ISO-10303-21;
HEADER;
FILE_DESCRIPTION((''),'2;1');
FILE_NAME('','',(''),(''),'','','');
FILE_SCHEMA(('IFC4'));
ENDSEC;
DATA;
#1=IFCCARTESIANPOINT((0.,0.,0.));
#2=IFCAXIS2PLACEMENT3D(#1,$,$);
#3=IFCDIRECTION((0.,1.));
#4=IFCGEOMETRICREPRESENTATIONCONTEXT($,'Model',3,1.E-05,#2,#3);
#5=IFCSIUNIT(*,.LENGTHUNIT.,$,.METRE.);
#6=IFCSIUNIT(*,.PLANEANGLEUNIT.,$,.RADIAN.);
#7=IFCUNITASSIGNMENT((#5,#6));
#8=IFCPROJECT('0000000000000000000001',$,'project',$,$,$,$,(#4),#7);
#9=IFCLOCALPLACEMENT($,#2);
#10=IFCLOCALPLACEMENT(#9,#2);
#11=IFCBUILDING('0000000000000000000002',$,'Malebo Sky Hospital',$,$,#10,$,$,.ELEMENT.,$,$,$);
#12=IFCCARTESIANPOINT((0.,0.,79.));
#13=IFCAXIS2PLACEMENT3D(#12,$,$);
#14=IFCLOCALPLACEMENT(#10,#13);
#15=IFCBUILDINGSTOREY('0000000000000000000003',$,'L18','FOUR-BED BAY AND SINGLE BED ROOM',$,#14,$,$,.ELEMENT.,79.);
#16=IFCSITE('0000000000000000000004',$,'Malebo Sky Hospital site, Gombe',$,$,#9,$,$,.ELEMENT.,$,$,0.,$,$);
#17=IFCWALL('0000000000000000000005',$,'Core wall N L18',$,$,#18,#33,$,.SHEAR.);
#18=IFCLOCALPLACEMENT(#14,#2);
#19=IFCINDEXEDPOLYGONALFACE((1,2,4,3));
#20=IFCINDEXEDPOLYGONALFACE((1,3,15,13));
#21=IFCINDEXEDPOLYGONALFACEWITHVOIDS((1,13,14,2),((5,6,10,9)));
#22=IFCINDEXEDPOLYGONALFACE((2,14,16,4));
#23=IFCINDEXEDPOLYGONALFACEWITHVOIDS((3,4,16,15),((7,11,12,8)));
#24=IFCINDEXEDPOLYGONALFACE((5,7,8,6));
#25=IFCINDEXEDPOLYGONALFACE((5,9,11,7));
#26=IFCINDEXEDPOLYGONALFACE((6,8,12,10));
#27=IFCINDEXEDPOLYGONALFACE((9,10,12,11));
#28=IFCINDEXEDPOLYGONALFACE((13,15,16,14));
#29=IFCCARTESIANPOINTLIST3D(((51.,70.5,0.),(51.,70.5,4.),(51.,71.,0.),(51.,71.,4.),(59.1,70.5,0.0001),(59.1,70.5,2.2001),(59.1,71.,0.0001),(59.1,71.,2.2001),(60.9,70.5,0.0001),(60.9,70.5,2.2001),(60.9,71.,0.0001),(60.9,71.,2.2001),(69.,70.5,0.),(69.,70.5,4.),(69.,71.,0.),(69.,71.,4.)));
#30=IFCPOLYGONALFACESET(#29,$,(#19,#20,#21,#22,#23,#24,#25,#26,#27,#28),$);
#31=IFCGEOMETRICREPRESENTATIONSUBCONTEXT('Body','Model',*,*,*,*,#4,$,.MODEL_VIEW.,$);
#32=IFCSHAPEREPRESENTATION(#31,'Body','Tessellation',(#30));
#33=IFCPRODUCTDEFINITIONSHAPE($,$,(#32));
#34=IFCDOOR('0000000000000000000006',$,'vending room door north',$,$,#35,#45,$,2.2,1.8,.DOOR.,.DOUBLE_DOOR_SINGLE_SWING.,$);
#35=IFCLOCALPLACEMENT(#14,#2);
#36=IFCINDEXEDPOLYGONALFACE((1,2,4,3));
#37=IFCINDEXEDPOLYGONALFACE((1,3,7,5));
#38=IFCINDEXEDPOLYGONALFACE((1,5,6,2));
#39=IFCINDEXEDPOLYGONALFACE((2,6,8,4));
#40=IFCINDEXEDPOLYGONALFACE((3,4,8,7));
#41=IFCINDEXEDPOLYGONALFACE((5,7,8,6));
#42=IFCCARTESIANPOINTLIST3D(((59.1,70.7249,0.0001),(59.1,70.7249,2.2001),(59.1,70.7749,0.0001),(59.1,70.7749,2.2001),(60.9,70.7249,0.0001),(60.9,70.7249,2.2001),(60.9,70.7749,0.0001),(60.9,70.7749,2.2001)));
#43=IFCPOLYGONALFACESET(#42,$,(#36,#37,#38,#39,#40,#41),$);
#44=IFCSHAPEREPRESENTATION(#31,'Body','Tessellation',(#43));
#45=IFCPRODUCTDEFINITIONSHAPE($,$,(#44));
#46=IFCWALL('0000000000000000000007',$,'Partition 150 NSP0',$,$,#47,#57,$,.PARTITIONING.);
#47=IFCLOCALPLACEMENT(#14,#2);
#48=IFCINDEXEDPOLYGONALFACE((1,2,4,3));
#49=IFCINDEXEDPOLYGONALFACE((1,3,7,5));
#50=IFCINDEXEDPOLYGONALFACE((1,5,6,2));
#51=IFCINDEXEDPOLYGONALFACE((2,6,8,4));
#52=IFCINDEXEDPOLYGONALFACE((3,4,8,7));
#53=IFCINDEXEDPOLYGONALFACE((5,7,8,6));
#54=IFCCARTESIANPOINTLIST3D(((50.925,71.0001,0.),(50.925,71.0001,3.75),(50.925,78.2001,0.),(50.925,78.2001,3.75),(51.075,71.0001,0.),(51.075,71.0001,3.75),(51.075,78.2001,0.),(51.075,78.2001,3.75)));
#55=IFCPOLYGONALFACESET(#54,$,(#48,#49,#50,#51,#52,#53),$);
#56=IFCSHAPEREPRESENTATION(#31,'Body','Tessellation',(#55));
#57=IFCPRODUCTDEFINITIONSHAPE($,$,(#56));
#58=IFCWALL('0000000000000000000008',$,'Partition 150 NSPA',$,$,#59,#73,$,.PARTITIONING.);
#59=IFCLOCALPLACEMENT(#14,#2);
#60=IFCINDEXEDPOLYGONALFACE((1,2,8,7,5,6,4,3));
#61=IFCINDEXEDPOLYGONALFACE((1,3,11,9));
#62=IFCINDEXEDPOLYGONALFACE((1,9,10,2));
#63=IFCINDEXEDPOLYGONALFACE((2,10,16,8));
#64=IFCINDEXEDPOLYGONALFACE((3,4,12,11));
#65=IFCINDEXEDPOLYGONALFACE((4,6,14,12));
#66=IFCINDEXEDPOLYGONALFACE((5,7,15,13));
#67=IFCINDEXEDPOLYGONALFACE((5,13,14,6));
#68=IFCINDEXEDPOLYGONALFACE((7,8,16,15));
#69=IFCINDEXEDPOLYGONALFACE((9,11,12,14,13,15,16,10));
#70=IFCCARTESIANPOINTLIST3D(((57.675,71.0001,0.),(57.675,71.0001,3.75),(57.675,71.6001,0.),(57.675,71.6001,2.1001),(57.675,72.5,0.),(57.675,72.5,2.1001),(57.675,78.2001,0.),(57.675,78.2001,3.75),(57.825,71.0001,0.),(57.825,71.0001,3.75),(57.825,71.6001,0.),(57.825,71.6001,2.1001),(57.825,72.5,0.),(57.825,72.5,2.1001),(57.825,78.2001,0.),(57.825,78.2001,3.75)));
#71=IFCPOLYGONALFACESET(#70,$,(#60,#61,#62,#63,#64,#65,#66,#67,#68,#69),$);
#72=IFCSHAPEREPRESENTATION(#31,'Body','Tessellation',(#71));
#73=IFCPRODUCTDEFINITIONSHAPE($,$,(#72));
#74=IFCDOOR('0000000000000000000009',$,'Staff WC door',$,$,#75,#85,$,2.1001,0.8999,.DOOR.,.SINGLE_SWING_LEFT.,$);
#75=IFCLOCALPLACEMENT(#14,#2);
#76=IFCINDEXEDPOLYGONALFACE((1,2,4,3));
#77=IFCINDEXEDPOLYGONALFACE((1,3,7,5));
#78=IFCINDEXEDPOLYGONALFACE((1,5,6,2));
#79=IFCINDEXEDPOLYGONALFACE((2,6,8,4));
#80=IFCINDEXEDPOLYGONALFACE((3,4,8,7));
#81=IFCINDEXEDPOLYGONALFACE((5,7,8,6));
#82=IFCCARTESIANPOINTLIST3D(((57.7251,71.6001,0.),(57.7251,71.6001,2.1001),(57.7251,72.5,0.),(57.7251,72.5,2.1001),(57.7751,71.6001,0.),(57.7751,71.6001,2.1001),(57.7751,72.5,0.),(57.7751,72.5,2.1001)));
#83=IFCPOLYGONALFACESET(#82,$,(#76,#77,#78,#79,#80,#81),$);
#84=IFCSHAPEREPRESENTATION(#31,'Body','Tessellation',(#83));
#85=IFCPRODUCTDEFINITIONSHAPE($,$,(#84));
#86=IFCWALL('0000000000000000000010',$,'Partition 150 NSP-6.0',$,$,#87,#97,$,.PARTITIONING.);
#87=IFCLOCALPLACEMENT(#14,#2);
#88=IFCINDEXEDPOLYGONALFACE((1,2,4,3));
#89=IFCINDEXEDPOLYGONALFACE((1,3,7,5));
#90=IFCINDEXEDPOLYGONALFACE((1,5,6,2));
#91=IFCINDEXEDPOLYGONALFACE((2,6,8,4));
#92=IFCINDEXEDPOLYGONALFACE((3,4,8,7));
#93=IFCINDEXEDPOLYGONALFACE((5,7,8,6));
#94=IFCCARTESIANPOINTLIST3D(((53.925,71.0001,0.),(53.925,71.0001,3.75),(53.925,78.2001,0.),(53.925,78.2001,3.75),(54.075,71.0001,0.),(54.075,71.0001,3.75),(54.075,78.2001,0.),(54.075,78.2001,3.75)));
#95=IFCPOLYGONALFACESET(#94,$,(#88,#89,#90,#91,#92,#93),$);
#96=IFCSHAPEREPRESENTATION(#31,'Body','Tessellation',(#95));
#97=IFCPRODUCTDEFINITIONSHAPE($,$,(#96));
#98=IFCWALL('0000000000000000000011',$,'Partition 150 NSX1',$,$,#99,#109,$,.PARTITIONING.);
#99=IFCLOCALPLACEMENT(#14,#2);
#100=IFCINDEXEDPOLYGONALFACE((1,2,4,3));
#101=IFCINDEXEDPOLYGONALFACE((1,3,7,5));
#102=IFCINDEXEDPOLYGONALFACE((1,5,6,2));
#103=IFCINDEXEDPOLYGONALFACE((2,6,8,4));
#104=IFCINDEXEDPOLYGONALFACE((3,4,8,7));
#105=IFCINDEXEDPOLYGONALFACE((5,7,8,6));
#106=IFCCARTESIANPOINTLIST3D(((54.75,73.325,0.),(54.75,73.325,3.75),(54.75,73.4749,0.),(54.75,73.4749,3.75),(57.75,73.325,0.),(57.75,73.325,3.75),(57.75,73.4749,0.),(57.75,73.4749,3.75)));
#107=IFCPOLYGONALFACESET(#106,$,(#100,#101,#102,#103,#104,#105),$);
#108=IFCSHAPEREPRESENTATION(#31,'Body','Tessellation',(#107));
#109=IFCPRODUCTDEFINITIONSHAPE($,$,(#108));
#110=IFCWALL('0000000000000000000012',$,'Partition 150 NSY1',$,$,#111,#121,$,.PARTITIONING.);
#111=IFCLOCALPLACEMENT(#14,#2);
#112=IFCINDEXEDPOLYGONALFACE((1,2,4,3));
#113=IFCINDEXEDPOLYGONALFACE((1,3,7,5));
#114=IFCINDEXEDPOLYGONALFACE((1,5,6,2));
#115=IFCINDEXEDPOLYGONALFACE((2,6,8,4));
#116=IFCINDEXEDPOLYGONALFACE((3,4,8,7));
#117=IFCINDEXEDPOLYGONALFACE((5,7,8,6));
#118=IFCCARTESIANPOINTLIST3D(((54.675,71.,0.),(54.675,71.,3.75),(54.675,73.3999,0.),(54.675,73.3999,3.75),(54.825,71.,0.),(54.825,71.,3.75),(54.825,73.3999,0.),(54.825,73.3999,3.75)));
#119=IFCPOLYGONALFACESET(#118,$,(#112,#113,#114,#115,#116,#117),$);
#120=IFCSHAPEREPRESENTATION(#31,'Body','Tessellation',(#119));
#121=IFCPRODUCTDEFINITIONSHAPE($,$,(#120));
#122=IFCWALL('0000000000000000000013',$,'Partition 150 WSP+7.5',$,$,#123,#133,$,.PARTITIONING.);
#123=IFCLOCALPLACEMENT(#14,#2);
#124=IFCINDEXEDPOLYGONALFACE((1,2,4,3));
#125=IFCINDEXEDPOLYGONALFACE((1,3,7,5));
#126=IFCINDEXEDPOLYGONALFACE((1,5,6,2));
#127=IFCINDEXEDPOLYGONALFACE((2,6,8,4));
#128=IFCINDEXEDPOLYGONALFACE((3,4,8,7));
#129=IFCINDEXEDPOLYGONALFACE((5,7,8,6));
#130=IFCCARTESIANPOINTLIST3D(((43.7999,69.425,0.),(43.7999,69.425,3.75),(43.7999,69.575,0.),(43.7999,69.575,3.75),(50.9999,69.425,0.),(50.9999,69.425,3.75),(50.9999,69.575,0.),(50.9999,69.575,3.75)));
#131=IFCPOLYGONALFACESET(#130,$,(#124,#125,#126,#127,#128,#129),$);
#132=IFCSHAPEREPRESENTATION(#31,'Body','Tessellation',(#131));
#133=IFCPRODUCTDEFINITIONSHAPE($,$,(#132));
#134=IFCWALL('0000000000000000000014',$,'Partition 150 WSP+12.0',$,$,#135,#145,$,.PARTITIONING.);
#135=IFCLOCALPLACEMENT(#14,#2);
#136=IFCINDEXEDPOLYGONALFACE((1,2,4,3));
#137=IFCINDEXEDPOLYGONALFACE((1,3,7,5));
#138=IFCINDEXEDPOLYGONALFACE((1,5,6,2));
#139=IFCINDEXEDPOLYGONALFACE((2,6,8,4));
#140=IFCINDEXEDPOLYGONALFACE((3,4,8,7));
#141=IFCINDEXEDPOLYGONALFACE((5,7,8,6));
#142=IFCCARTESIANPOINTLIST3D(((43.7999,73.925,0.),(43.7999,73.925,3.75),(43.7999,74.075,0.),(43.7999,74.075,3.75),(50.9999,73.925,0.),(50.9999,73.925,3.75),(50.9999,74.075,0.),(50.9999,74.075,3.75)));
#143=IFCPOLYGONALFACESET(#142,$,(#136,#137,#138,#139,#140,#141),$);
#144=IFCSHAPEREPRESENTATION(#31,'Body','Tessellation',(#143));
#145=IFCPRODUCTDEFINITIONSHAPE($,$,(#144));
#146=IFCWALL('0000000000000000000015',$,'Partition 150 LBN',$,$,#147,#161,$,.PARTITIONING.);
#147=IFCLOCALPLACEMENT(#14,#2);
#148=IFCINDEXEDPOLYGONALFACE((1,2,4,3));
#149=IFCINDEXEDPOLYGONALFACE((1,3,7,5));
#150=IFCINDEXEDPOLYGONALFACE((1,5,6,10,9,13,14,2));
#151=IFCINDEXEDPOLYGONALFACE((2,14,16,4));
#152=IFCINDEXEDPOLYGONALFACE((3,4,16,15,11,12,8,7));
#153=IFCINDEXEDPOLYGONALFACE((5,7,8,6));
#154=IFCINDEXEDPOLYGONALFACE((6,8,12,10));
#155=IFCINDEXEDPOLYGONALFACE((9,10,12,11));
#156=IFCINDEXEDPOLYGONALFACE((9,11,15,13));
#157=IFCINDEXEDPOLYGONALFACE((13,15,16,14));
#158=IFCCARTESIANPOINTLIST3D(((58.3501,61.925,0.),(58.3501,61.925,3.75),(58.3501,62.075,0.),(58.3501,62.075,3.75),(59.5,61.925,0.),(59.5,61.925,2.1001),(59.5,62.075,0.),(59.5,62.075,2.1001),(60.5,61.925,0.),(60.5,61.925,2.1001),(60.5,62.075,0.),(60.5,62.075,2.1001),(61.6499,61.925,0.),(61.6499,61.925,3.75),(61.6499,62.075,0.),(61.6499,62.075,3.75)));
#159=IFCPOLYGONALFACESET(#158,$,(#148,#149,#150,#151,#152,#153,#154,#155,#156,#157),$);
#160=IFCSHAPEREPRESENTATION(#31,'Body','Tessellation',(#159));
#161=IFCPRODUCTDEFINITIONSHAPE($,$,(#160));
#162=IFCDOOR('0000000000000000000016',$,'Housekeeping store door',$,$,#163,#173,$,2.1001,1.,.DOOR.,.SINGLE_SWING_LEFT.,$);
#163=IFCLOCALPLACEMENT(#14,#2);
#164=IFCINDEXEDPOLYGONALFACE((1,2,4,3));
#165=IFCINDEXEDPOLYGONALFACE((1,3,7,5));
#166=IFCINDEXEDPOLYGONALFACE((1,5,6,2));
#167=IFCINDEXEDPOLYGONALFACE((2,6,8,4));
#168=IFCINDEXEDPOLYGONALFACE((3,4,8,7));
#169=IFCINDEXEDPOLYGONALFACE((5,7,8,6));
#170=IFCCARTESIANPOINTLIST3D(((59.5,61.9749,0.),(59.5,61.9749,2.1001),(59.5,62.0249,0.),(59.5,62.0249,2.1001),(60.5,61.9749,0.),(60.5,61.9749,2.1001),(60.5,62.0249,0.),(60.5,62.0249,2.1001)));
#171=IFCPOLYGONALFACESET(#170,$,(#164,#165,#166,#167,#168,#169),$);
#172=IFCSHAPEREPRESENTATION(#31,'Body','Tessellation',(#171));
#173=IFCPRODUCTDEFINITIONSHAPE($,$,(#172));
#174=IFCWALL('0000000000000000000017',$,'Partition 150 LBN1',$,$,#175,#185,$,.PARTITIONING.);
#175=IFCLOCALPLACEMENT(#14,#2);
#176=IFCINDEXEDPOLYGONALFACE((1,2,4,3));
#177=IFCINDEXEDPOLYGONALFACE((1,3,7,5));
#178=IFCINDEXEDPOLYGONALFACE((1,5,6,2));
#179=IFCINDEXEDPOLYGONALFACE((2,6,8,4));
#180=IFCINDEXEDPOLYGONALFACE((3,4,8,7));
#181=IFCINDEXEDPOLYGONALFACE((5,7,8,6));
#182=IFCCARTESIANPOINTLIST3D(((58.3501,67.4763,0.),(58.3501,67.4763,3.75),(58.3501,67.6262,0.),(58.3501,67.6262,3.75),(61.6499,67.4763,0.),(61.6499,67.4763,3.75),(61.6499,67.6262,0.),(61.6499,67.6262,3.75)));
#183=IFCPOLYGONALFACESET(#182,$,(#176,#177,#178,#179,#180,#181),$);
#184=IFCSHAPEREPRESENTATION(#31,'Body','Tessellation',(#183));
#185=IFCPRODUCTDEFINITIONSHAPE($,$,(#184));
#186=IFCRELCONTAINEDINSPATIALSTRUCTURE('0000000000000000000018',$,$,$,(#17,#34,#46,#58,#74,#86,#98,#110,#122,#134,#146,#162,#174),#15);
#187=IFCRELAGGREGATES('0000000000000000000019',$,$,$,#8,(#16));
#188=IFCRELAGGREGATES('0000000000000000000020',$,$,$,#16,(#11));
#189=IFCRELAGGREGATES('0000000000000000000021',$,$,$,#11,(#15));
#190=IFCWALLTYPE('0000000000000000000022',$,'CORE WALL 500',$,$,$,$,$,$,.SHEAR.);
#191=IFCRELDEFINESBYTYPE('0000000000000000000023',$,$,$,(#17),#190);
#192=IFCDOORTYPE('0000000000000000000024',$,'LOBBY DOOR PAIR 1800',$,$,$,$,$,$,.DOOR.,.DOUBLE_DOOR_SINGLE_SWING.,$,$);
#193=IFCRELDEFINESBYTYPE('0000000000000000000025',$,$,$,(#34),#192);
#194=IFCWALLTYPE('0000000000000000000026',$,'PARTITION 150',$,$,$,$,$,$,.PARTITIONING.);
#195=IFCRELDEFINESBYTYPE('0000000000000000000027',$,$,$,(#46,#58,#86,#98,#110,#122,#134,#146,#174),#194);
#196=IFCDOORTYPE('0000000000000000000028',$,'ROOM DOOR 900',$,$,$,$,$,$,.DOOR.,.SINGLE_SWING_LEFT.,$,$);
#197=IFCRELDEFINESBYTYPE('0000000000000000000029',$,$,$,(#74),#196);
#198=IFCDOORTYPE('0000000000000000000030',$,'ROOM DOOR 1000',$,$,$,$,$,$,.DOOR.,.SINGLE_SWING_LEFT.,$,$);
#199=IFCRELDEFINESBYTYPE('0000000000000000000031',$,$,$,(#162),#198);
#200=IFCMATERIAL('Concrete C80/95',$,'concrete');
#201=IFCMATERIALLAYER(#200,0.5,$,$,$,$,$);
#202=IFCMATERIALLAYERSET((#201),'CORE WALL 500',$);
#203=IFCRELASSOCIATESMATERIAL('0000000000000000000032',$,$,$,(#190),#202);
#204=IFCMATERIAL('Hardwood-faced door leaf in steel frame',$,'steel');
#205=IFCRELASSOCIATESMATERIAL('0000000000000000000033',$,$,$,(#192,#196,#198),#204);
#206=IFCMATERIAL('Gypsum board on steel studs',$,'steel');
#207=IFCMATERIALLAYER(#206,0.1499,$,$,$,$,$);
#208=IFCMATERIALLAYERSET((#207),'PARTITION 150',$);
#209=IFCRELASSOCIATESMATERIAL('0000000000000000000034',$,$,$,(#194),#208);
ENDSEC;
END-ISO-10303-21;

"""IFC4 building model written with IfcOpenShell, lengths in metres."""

from ifc_helpers import new_model, si_unit, direction, frame, frame_2d, origin, place, context, subcontext, project, spatial, rectangle, extrude, material, layer, layer_set, type_object, element, fill, save


model = new_model("IFC4")

# Units and contexts
model_context = context("Model", 3, precision=1e-05, world=origin(), true_north=direction((0.0, 1.0)))
body_context = subcontext(model_context, "Body", "Model", "MODEL_VIEW")
ifc_project = project(units=[si_unit("LENGTHUNIT", "METRE"), si_unit("PLANEANGLEUNIT", "RADIAN")], contexts=[model_context])

# Site, building, storey
site_placement = place(None, origin())
site = spatial("IfcSite", under=ifc_project, at=site_placement, Name="Malebo Sky Hospital site, Gombe", CompositionType="ELEMENT", RefElevation=0.0)
building_placement = place(site_placement, origin())
building = spatial("IfcBuilding", under=site, at=building_placement, Name="Malebo Sky Hospital", CompositionType="ELEMENT")
storey_placement = place(building_placement, frame((0.0, 0.0, 79.0)))
storey = spatial("IfcBuildingStorey", under=building, at=storey_placement, Name="L18", Description="FOUR-BED BAY AND SINGLE BED ROOM", CompositionType="ELEMENT", Elevation=79.0)

# Shared definitions
ifc_material_1 = material(Name="Concrete C80/95", Category="concrete")

# Wall, opening, door
ifc_material_2 = material(Name="Hardwood-faced door leaf in steel frame", Category="steel")
ifc_layer_1 = layer(ifc_material_1, 0.5)
ifc_layer_set_1 = layer_set([ifc_layer_1], Name="CORE WALL 500")
wall_type_1 = type_object("IfcWallType", Name="CORE WALL 500", PredefinedType="SHEAR", material=ifc_layer_set_1)
wall_1_placement = place(storey_placement, frame((51.0, 70.75, 0.0), z_axis=(0.0, 0.0, 1.0), x_axis=(1.0, 0.0, 0.0)))
wall_1 = element("IfcWall", 1, at=wall_1_placement, inside=storey, type_object=wall_type_1, Name="Core wall N L18", PredefinedType="SHEAR", context=body_context, shape_type="SweptSolid", body=[
    extrude(rectangle(XDim=18.0, YDim=0.5, at=frame_2d((9.0, 0.0))), origin(), (0.0, 0.0, 1.0), 4.0),
])
opening_1_placement = place(wall_1_placement, frame((8.1001, 0.0, 0.0)))
opening_1 = element("IfcOpeningElement", 2, at=opening_1_placement, cuts=wall_1, PredefinedType="OPENING", context=body_context, shape_type="SweptSolid", body=[
    extrude(rectangle(XDim=1.8, YDim=2.2, at=frame_2d((0.8999, 1.1001))), frame((0.0, 0.26, 0.0), z_axis=(0.0, -1.0, 0.0), x_axis=(1.0, 0.0, 0.0)), (0.0, 0.0, 1.0), 0.52),
])
door_type_1 = type_object("IfcDoorType", Name="LOBBY DOOR PAIR 1800", OperationType="DOUBLE_DOOR_SINGLE_SWING", PredefinedType="DOOR", material=ifc_material_2)
door_1_placement = place(opening_1_placement, origin())
door_1 = element("IfcDoor", 3, at=door_1_placement, inside=storey, type_object=door_type_1, Name="vending room door north", OperationType="DOUBLE_DOOR_SINGLE_SWING", OverallHeight=2.2, OverallWidth=1.8, PredefinedType="DOOR", context=body_context, shape_type="SweptSolid", body=[
    extrude(rectangle(XDim=1.8, YDim=2.2, at=frame_2d((0.8999, 1.1001))), frame((0.0, 0.0249, 0.0), z_axis=(0.0, -1.0, 0.0), x_axis=(1.0, 0.0, 0.0)), (0.0, 0.0, 1.0), 0.05),
])
fill(opening_1, door_1)

# Wall
ifc_material_3 = material(Name="Gypsum board on steel studs", Category="steel")
ifc_layer_2 = layer(ifc_material_3, 0.1499)
ifc_layer_set_2 = layer_set([ifc_layer_2], Name="PARTITION 150")
wall_type_2 = type_object("IfcWallType", Name="PARTITION 150", PredefinedType="PARTITIONING", material=ifc_layer_set_2)
wall_2_placement = place(storey_placement, frame((51.0, 71.0, 0.0), z_axis=(0.0, 0.0, 1.0), x_axis=(0.0, 1.0, 0.0)))
element("IfcWall", 4, at=wall_2_placement, inside=storey, type_object=wall_type_2, Name="Partition 150 NSP0", PredefinedType="PARTITIONING", context=body_context, shape_type="SweptSolid", body=[
    extrude(rectangle(XDim=7.2, YDim=0.1499, at=frame_2d((3.6001, 0.0))), origin(), (0.0, 0.0, 1.0), 3.75),
])

# Wall, opening, door
wall_3_placement = place(storey_placement, frame((57.75, 71.0, 0.0), z_axis=(0.0, 0.0, 1.0), x_axis=(0.0, 1.0, 0.0)))
wall_3 = element("IfcWall", 5, at=wall_3_placement, inside=storey, type_object=wall_type_2, Name="Partition 150 NSPA", PredefinedType="PARTITIONING", context=body_context, shape_type="SweptSolid", body=[
    extrude(rectangle(XDim=7.2, YDim=0.1499, at=frame_2d((3.6001, 0.0))), origin(), (0.0, 0.0, 1.0), 3.75),
])
opening_2_placement = place(wall_3_placement, frame((0.6001, 0.0, 0.0)))
opening_2 = element("IfcOpeningElement", 6, at=opening_2_placement, cuts=wall_3, PredefinedType="OPENING", context=body_context, shape_type="SweptSolid", body=[
    extrude(rectangle(XDim=0.8999, YDim=2.1001, at=frame_2d((0.45, 1.05))), frame((0.0, 0.085, 0.0), z_axis=(0.0, -1.0, 0.0), x_axis=(1.0, 0.0, 0.0)), (0.0, 0.0, 1.0), 0.1699),
])
door_type_2 = type_object("IfcDoorType", Name="ROOM DOOR 900", OperationType="SINGLE_SWING_LEFT", PredefinedType="DOOR", material=ifc_material_2)
door_2_placement = place(opening_2_placement, origin())
door_2 = element("IfcDoor", 7, at=door_2_placement, inside=storey, type_object=door_type_2, Name="Staff WC door", OperationType="SINGLE_SWING_LEFT", OverallHeight=2.1001, OverallWidth=0.8999, PredefinedType="DOOR", context=body_context, shape_type="SweptSolid", body=[
    extrude(rectangle(XDim=0.8999, YDim=2.1001, at=frame_2d((0.45, 1.05))), frame((0.0, 0.0249, 0.0), z_axis=(0.0, -1.0, 0.0), x_axis=(1.0, 0.0, 0.0)), (0.0, 0.0, 1.0), 0.05),
])
fill(opening_2, door_2)

# Walls
wall_4_placement = place(storey_placement, frame((54.0, 71.0, 0.0), z_axis=(0.0, 0.0, 1.0), x_axis=(0.0, 1.0, 0.0)))
element("IfcWall", 8, at=wall_4_placement, inside=storey, type_object=wall_type_2, Name="Partition 150 NSP-6.0", PredefinedType="PARTITIONING", context=body_context, shape_type="SweptSolid", body=[
    extrude(rectangle(XDim=7.2, YDim=0.1499, at=frame_2d((3.6001, 0.0))), origin(), (0.0, 0.0, 1.0), 3.75),
])
wall_5_placement = place(storey_placement, frame((54.75, 73.3999, 0.0), z_axis=(0.0, 0.0, 1.0), x_axis=(1.0, 0.0, 0.0)))
element("IfcWall", 9, at=wall_5_placement, inside=storey, type_object=wall_type_2, Name="Partition 150 NSX1", PredefinedType="PARTITIONING", context=body_context, shape_type="SweptSolid", body=[
    extrude(rectangle(XDim=3.0, YDim=0.1499, at=frame_2d((1.5, 0.0))), origin(), (0.0, 0.0, 1.0), 3.75),
])
wall_6_placement = place(storey_placement, frame((54.75, 71.0, 0.0), z_axis=(0.0, 0.0, 1.0), x_axis=(0.0, 1.0, 0.0)))
element("IfcWall", 10, at=wall_6_placement, inside=storey, type_object=wall_type_2, Name="Partition 150 NSY1", PredefinedType="PARTITIONING", context=body_context, shape_type="SweptSolid", body=[
    extrude(rectangle(XDim=2.3999, YDim=0.1499, at=frame_2d((1.2, 0.0))), origin(), (0.0, 0.0, 1.0), 3.75),
])
for number, where, z_axis, x_axis, name in (
    (11, (51.0, 69.5, 0.0), (0.0, 0.0, 1.0), (-1.0, 0.0, 0.0), "Partition 150 WSP+7.5"),
    (12, (51.0, 74.0, 0.0), (0.0, 0.0, 1.0), (-1.0, 0.0, 0.0), "Partition 150 WSP+12.0"),
):
    element("IfcWall", number, at=place(storey_placement, frame(where, z_axis=z_axis, x_axis=x_axis)), inside=storey, type_object=wall_type_2, Name=name, PredefinedType="PARTITIONING", context=body_context, shape_type="SweptSolid", body=[
        extrude(rectangle(XDim=7.2, YDim=0.1499, at=frame_2d((3.6001, 0.0))), origin(), (0.0, 0.0, 1.0), 3.75),
    ])

# Wall, opening, door
wall_7_placement = place(storey_placement, frame((58.3501, 62.0, 0.0), z_axis=(0.0, 0.0, 1.0), x_axis=(1.0, 0.0, 0.0)))
wall_7 = element("IfcWall", 13, at=wall_7_placement, inside=storey, type_object=wall_type_2, Name="Partition 150 LBN", PredefinedType="PARTITIONING", context=body_context, shape_type="SweptSolid", body=[
    extrude(rectangle(XDim=3.2998, YDim=0.1499, at=frame_2d((1.6499, 0.0))), origin(), (0.0, 0.0, 1.0), 3.75),
])
opening_3_placement = place(wall_7_placement, frame((1.1499, 0.0, 0.0)))
opening_3 = element("IfcOpeningElement", 14, at=opening_3_placement, cuts=wall_7, PredefinedType="OPENING", context=body_context, shape_type="SweptSolid", body=[
    extrude(rectangle(XDim=1.0, YDim=2.1001, at=frame_2d((0.5, 1.05))), frame((0.0, 0.085, 0.0), z_axis=(0.0, -1.0, 0.0), x_axis=(1.0, 0.0, 0.0)), (0.0, 0.0, 1.0), 0.1699),
])
door_type_3 = type_object("IfcDoorType", Name="ROOM DOOR 1000", OperationType="SINGLE_SWING_LEFT", PredefinedType="DOOR", material=ifc_material_2)
door_3_placement = place(opening_3_placement, origin())
door_3 = element("IfcDoor", 15, at=door_3_placement, inside=storey, type_object=door_type_3, Name="Housekeeping store door", OperationType="SINGLE_SWING_LEFT", OverallHeight=2.1001, OverallWidth=1.0, PredefinedType="DOOR", context=body_context, shape_type="SweptSolid", body=[
    extrude(rectangle(XDim=1.0, YDim=2.1001, at=frame_2d((0.5, 1.05))), frame((0.0, 0.0249, 0.0), z_axis=(0.0, -1.0, 0.0), x_axis=(1.0, 0.0, 0.0)), (0.0, 0.0, 1.0), 0.05),
])
fill(opening_3, door_3)

# Wall
wall_8_placement = place(storey_placement, frame((58.3501, 67.5513, 0.0), z_axis=(0.0, 0.0, 1.0), x_axis=(1.0, 0.0, 0.0)))
element("IfcWall", 16, at=wall_8_placement, inside=storey, type_object=wall_type_2, Name="Partition 150 LBN1", PredefinedType="PARTITIONING", context=body_context, shape_type="SweptSolid", body=[
    extrude(rectangle(XDim=3.2998, YDim=0.1499, at=frame_2d((1.6499, 0.0))), origin(), (0.0, 0.0, 1.0), 3.75),
])

save(model, "model.ifc")
